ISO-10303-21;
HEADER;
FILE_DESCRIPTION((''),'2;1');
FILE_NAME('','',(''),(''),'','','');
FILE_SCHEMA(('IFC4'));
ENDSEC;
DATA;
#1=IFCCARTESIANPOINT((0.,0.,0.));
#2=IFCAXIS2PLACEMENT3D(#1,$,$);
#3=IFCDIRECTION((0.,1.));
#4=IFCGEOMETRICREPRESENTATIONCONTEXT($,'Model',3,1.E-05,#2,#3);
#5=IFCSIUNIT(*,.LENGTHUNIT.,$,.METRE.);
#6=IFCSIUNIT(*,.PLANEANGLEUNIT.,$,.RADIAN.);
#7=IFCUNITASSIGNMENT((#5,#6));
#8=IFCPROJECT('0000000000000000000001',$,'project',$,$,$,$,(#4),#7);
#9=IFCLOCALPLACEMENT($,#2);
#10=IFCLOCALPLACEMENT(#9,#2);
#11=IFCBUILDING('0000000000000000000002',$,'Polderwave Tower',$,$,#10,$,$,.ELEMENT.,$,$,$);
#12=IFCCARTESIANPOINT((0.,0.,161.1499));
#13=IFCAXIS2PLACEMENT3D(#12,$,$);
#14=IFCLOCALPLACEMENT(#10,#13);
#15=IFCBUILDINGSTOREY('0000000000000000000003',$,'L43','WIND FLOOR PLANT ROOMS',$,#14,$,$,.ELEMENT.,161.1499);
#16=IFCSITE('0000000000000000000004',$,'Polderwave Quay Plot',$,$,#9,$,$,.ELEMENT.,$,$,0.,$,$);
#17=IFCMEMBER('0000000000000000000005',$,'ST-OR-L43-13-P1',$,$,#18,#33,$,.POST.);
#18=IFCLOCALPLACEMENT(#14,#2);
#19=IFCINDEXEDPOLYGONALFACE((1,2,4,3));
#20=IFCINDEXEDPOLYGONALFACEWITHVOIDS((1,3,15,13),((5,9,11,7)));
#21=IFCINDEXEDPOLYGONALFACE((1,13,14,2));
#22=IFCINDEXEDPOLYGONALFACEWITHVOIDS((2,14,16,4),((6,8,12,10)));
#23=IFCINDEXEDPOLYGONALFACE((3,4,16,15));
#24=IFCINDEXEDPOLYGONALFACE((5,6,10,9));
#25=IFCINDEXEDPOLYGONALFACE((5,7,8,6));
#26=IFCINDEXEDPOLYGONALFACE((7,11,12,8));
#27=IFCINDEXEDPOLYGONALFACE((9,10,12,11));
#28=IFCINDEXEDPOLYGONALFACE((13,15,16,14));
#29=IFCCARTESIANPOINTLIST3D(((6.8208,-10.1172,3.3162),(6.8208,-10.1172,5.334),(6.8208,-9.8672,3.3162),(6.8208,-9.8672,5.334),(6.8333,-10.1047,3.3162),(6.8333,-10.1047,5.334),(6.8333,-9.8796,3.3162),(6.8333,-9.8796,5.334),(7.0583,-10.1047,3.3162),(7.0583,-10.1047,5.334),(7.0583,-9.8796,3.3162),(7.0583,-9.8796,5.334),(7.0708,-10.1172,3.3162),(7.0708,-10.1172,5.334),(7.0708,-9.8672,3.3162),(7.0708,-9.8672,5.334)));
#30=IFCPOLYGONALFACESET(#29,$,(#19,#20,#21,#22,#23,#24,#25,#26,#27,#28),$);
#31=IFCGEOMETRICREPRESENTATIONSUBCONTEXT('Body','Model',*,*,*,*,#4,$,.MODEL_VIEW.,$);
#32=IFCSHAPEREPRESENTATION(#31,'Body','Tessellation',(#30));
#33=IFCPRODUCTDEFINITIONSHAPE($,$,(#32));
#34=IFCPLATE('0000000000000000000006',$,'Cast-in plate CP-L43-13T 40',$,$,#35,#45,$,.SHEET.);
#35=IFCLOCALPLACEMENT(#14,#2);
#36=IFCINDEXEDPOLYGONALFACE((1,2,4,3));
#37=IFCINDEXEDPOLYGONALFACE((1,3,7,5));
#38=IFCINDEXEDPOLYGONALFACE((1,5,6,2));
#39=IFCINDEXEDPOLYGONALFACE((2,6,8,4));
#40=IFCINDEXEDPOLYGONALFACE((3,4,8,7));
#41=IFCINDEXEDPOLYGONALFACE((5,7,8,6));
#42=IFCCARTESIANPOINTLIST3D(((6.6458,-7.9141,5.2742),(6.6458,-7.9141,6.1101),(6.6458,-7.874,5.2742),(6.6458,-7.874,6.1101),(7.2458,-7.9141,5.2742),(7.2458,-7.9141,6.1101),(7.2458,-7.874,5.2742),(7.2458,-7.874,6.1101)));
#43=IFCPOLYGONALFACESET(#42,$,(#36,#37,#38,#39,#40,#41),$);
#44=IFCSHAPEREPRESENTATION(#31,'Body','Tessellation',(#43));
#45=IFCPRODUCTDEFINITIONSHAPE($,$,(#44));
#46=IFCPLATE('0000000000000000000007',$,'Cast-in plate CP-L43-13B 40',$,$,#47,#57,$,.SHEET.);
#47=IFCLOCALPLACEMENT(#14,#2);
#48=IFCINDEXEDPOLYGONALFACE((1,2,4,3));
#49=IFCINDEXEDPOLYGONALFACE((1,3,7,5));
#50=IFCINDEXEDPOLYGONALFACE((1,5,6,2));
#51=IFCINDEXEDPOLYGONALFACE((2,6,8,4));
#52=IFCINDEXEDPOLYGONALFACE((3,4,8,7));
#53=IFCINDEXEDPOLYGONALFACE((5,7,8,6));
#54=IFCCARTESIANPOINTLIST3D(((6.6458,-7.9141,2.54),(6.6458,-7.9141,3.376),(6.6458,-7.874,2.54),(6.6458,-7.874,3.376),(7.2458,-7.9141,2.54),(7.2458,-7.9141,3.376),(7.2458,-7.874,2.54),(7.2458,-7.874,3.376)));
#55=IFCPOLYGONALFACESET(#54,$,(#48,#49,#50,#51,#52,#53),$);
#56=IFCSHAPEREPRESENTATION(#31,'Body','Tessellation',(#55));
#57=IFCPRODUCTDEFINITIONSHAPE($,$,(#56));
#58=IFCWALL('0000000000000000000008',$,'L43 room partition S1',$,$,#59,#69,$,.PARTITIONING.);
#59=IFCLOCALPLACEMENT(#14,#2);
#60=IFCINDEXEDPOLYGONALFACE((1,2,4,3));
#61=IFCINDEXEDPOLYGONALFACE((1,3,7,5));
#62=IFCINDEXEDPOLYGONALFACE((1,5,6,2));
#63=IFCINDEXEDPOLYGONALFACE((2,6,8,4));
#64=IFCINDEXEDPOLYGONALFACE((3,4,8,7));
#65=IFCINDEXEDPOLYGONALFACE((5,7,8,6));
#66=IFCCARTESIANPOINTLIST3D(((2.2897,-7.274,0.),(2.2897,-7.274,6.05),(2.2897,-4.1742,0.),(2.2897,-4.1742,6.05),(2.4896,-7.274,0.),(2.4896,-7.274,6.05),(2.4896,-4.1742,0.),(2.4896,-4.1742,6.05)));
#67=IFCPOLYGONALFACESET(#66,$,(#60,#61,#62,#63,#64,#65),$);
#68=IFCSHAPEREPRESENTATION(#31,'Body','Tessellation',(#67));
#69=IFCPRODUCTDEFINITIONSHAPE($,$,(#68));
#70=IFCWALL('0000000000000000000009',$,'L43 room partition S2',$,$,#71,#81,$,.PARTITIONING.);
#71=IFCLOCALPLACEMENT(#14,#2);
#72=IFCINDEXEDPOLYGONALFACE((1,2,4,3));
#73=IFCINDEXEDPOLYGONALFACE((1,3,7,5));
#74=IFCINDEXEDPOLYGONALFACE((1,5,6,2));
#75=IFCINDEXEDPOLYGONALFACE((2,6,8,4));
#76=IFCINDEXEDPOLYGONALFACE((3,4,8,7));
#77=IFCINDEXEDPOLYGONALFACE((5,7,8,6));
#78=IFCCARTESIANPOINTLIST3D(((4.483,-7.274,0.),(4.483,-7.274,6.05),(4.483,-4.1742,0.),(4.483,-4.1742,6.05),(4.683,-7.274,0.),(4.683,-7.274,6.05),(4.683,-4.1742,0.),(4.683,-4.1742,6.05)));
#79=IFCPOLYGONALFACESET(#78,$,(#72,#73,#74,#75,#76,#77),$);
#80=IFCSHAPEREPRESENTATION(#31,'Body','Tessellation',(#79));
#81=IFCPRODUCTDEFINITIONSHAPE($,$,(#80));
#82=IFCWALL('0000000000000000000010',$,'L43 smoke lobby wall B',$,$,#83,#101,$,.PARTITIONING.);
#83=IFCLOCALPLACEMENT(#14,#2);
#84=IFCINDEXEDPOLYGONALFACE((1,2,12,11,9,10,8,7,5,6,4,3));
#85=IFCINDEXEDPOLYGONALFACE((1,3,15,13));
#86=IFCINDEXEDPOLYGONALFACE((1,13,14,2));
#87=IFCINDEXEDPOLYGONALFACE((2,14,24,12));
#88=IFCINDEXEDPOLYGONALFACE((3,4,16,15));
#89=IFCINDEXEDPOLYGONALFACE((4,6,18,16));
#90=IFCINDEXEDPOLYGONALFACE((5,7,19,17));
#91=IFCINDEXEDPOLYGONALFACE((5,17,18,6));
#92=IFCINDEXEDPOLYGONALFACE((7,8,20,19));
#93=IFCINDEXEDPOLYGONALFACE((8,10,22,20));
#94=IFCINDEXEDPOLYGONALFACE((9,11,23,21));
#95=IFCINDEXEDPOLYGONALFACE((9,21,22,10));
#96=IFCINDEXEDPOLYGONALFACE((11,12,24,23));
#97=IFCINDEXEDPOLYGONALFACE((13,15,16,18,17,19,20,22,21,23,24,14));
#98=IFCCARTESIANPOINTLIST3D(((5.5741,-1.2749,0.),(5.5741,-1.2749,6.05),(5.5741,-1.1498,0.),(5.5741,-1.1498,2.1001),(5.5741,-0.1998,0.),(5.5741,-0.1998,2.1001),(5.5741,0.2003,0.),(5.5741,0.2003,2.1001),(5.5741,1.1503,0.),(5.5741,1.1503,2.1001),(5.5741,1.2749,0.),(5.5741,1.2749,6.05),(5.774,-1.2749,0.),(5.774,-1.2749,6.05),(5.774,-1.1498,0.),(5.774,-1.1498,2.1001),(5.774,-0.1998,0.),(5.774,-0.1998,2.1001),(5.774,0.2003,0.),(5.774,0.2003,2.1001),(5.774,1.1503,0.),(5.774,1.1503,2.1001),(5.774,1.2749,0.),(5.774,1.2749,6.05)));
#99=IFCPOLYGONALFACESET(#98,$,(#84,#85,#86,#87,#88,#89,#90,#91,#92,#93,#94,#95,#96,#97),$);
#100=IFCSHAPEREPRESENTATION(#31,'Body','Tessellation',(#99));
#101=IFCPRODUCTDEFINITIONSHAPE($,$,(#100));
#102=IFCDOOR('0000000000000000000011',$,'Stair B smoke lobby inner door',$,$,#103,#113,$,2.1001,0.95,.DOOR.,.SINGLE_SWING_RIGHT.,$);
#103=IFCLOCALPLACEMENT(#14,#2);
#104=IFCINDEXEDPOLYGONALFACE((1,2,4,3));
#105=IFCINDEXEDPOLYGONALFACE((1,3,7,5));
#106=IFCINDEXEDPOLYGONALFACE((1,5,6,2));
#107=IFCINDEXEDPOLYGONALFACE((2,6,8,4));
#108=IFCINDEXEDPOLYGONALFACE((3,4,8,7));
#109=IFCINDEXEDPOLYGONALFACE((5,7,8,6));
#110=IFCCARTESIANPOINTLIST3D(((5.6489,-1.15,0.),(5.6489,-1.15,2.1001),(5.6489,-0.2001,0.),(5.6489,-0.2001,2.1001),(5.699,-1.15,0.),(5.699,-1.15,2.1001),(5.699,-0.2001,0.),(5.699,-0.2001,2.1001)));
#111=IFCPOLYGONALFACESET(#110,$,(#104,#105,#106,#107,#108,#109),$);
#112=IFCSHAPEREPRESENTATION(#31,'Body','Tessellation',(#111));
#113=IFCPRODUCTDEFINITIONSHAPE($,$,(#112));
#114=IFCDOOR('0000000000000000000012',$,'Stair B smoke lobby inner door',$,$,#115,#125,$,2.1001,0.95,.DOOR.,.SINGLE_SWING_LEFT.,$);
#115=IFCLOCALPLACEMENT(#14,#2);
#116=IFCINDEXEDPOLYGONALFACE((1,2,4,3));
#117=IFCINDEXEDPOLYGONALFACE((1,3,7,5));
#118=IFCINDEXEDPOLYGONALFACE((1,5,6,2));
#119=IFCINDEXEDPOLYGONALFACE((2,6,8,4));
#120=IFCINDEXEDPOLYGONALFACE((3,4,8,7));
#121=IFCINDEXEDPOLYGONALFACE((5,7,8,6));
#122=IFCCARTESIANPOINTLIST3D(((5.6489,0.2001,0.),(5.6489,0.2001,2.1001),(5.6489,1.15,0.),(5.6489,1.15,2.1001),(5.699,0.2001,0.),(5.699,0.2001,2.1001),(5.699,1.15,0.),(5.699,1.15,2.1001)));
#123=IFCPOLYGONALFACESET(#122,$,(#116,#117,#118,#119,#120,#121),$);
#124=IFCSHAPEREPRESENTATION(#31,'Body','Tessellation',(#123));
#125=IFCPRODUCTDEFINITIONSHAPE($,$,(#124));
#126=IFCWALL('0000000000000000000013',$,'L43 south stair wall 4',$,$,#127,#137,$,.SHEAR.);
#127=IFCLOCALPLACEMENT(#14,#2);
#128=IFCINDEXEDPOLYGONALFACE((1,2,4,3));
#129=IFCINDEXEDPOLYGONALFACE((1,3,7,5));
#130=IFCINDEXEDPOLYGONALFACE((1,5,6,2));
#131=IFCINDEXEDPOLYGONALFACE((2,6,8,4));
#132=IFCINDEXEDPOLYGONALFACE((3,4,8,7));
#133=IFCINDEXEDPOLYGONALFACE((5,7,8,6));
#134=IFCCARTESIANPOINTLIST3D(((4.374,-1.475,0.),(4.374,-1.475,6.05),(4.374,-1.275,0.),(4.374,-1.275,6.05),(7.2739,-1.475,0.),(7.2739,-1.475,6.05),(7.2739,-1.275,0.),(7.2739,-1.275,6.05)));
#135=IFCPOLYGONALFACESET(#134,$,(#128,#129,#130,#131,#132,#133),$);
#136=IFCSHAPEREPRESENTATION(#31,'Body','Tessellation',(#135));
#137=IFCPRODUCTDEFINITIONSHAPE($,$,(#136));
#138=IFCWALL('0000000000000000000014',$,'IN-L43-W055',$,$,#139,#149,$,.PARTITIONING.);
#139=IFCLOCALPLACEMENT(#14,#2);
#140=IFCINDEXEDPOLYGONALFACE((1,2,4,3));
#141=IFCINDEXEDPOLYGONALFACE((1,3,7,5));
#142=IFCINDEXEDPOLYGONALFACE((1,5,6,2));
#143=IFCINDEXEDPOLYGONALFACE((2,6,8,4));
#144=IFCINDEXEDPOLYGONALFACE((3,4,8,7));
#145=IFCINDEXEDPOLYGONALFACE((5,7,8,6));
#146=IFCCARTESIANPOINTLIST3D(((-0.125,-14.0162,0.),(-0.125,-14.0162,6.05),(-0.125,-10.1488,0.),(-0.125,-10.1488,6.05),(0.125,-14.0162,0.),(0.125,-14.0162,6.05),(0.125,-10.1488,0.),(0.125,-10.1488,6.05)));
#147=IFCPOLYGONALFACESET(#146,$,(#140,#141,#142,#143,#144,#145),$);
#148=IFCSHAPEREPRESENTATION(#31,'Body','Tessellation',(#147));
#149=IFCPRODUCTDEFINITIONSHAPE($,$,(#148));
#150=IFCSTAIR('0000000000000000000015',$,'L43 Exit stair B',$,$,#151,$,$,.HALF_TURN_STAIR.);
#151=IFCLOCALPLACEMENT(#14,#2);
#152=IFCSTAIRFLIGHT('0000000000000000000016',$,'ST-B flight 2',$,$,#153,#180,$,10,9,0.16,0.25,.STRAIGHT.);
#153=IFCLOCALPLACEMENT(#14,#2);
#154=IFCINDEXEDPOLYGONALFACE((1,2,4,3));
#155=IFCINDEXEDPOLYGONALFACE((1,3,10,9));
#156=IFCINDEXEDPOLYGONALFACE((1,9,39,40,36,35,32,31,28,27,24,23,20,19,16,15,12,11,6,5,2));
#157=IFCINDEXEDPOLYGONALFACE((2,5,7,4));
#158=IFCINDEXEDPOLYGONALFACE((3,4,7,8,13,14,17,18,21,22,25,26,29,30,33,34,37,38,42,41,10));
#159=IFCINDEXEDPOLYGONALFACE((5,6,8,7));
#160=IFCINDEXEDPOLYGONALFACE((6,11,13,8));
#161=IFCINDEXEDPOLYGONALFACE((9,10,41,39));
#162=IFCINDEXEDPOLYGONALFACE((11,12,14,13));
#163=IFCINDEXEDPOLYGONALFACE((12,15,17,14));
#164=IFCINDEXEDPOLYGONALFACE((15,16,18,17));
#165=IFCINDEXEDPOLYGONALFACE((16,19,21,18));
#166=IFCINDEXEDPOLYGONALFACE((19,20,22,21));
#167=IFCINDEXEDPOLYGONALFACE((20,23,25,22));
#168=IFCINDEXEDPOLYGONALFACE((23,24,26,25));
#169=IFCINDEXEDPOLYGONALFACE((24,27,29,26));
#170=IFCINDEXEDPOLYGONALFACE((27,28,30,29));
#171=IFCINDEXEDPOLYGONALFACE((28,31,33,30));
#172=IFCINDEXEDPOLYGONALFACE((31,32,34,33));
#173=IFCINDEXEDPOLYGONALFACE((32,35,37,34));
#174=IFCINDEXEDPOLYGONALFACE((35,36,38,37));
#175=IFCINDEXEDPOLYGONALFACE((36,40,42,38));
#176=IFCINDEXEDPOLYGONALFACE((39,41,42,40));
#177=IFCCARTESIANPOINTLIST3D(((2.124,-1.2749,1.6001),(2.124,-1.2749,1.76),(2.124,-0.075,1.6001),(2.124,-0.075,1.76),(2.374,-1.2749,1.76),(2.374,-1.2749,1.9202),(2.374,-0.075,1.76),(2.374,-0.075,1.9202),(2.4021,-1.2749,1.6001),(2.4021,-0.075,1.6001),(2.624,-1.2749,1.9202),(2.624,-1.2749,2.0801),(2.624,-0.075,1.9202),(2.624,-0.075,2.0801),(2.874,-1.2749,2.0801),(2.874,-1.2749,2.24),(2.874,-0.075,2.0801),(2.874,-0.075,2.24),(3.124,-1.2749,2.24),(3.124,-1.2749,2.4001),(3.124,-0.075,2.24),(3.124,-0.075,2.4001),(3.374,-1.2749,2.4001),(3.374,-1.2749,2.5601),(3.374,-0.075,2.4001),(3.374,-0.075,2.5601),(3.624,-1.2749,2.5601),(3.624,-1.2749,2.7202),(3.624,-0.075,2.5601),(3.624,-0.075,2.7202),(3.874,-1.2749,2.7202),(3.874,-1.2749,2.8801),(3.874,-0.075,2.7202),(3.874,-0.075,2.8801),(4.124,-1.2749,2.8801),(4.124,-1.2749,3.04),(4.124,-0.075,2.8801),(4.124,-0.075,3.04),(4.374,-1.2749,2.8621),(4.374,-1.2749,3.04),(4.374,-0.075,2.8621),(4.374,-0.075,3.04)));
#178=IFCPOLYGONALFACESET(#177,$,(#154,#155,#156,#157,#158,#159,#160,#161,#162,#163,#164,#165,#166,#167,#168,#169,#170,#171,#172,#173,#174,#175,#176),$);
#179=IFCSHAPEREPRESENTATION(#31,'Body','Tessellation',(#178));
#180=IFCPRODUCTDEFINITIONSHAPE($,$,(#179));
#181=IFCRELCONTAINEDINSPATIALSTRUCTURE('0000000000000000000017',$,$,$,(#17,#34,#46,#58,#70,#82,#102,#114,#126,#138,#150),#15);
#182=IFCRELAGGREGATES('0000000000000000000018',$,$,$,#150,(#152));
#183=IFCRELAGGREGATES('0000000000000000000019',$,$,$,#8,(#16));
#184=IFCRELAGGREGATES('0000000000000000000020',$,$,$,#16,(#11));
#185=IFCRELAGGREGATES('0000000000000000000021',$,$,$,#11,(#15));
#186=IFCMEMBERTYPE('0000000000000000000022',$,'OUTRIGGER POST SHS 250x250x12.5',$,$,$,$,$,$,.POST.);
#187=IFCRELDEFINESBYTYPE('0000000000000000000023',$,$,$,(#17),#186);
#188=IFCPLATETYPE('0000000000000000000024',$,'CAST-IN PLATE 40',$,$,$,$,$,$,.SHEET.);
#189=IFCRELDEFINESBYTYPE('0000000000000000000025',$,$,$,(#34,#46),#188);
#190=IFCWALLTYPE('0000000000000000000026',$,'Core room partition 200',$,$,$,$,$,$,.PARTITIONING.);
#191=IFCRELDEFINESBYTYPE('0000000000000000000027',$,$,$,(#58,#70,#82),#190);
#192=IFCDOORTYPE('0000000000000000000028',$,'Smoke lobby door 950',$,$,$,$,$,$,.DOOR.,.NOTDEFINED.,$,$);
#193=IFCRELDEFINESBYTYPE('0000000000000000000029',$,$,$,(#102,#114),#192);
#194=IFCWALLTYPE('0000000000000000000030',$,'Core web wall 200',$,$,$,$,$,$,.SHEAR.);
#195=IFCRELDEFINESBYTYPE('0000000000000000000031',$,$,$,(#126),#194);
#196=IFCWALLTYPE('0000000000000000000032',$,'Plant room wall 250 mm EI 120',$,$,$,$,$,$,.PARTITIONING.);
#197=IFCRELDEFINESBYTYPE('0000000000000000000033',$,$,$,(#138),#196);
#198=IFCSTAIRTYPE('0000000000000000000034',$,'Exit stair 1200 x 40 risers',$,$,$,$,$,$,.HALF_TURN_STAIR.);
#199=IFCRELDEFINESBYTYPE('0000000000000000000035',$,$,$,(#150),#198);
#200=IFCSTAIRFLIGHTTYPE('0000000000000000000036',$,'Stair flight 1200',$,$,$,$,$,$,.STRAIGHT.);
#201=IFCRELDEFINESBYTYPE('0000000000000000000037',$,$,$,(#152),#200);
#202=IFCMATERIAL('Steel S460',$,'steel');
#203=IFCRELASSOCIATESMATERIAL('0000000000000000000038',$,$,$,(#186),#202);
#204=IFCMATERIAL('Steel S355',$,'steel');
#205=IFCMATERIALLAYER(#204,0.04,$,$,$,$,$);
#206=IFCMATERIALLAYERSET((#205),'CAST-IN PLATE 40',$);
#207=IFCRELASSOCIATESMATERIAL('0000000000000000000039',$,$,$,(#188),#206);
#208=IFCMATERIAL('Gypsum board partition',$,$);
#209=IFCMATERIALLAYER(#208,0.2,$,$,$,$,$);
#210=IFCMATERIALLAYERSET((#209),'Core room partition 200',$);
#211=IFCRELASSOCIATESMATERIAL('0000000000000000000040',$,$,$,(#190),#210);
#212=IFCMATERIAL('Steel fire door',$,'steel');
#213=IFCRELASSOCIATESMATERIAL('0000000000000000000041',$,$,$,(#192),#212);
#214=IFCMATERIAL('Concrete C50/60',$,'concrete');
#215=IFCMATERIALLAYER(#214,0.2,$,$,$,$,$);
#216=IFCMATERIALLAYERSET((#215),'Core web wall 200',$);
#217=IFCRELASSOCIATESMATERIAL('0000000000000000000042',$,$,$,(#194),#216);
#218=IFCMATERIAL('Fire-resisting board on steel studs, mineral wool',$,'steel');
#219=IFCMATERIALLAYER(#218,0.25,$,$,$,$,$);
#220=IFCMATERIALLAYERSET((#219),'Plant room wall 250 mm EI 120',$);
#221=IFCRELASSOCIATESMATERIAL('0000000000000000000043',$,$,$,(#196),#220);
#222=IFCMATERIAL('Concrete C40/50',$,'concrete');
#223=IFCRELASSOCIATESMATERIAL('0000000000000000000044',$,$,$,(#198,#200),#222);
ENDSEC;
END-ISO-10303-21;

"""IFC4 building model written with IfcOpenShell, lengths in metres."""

from ifc_helpers import new_model, si_unit, direction, frame, frame_2d, origin, origin_2d, place, context, subcontext, project, spatial, polyline, rectangle, hollow_rectangle, outline, extrude, material, layer, layer_set, material_profile, profile_set, type_object, element, fill, aggregate, save


model = new_model("IFC4")

# Units and contexts
model_context = context("Model", 3, precision=1e-05, world=origin(), true_north=direction((0.0, 1.0)))
body_context = subcontext(model_context, "Body", "Model", "MODEL_VIEW")
ifc_project = project(units=[si_unit("LENGTHUNIT", "METRE"), si_unit("PLANEANGLEUNIT", "RADIAN")], contexts=[model_context])

# Site, building, storey
site_placement = place(None, origin())
site = spatial("IfcSite", under=ifc_project, at=site_placement, Name="Polderwave Quay Plot", CompositionType="ELEMENT", RefElevation=0.0)
building_placement = place(site_placement, origin())
building = spatial("IfcBuilding", under=site, at=building_placement, Name="Polderwave Tower", CompositionType="ELEMENT")
storey_placement = place(building_placement, frame((0.0, 0.0, 161.1499)))
storey = spatial("IfcBuildingStorey", under=building, at=storey_placement, Name="L43", Description="WIND FLOOR PLANT ROOMS", CompositionType="ELEMENT", Elevation=161.1499)

# Member
ifc_material_1 = material(Name="Steel S460", Category="steel")
ifc_material_profile_1 = material_profile(ifc_material_1, hollow_rectangle(XDim=0.25, YDim=0.25, WallThickness=0.0125, at=origin_2d()), Name="SHS 250x250x12.5")
ifc_profile_set_1 = profile_set([ifc_material_profile_1], Name="Steel S460")
member_type_1 = type_object("IfcMemberType", Name="OUTRIGGER POST SHS 250x250x12.5", PredefinedType="POST", material=ifc_profile_set_1)
member_placement = place(storey_placement, frame((6.9458, -9.9922, 3.3162), z_axis=(0.0, 0.0, 1.0), x_axis=(1.0, 0.0, 0.0)))
element("IfcMember", 1, at=member_placement, inside=storey, type_object=member_type_1, Name="ST-OR-L43-13-P1", PredefinedType="POST", context=body_context, shape_type="SweptSolid", body=[
    extrude(hollow_rectangle(XDim=0.25, YDim=0.25, WallThickness=0.0125, at=origin_2d()), origin(), (0.0, 0.0, 1.0), 2.0178),
])

# Plates
ifc_material_2 = material(Name="Steel S355", Category="steel")
ifc_layer_1 = layer(ifc_material_2, 0.04)
ifc_layer_set_1 = layer_set([ifc_layer_1], Name="CAST-IN PLATE 40")
plate_type = type_object("IfcPlateType", Name="CAST-IN PLATE 40", PredefinedType="SHEET", material=ifc_layer_set_1)
for number, where, z_axis, x_axis, name in (
    (2, (6.9458, -7.894, 5.2742), (0.0, 0.0, 1.0), (0.0, 1.0, 0.0), "Cast-in plate CP-L43-13T 40"),
    (3, (6.9458, -7.894, 2.54), (0.0, 0.0, 1.0), (0.0, 1.0, 0.0), "Cast-in plate CP-L43-13B 40"),
):
    element("IfcPlate", number, at=place(storey_placement, frame(where, z_axis=z_axis, x_axis=x_axis)), inside=storey, type_object=plate_type, Name=name, PredefinedType="SHEET", context=body_context, shape_type="SweptSolid", body=[
        extrude(rectangle(XDim=0.04, YDim=0.6001, at=origin_2d()), origin(), (0.0, 0.0, 1.0), 0.8359),
    ])

# Walls
ifc_material_3 = material(Name="Gypsum board partition")
ifc_layer_2 = layer(ifc_material_3, 0.2)
ifc_layer_set_2 = layer_set([ifc_layer_2], Name="Core room partition 200")
wall_type_1 = type_object("IfcWallType", Name="Core room partition 200", PredefinedType="PARTITIONING", material=ifc_layer_set_2)
for number, where, z_axis, x_axis, name in (
    (4, (2.3896, -7.2739, 0.0), (0.0, 0.0, 1.0), (0.0, 1.0, 0.0), "L43 room partition S1"),
    (5, (4.583, -7.2739, 0.0), (0.0, 0.0, 1.0), (0.0, 1.0, 0.0), "L43 room partition S2"),
):
    element("IfcWall", number, at=place(storey_placement, frame(where, z_axis=z_axis, x_axis=x_axis)), inside=storey, type_object=wall_type_1, Name=name, PredefinedType="PARTITIONING", context=body_context, shape_type="SweptSolid", body=[
        extrude(rectangle(XDim=3.0999, YDim=0.2, at=frame_2d((1.5498, 0.0))), origin(), (0.0, 0.0, 1.0), 6.05),
    ])

# Wall, openings, doors
wall_1_placement = place(storey_placement, frame((5.6741, -1.2749, 0.0), z_axis=(0.0, 0.0, 1.0), x_axis=(0.0, 1.0, 0.0)))
wall_1 = element("IfcWall", 6, at=wall_1_placement, inside=storey, type_object=wall_type_1, Name="L43 smoke lobby wall B", PredefinedType="PARTITIONING", context=body_context, shape_type="SweptSolid", body=[
    extrude(rectangle(XDim=2.5498, YDim=0.2, at=frame_2d((1.2749, 0.0))), origin(), (0.0, 0.0, 1.0), 6.05),
])
opening_1_placement = place(wall_1_placement, frame((0.125, 0.0, 0.0)))
opening_1 = element("IfcOpeningElement", 7, at=opening_1_placement, cuts=wall_1, PredefinedType="OPENING", context=body_context, shape_type="SweptSolid", body=[
    extrude(rectangle(XDim=0.95, YDim=2.1001, at=frame_2d((0.4751, 1.05))), frame((0.0, 0.1099, 0.0), z_axis=(0.0, -1.0, 0.0), x_axis=(1.0, 0.0, 0.0)), (0.0, 0.0, 1.0), 0.22),
])
opening_2_placement = place(wall_1_placement, frame((1.4751, 0.0, 0.0)))
opening_2 = element("IfcOpeningElement", 8, at=opening_2_placement, cuts=wall_1, PredefinedType="OPENING", context=body_context, shape_type="SweptSolid", body=[
    extrude(rectangle(XDim=0.95, YDim=2.1001, at=frame_2d((0.4751, 1.05))), frame((0.0, 0.1099, 0.0), z_axis=(0.0, -1.0, 0.0), x_axis=(1.0, 0.0, 0.0)), (0.0, 0.0, 1.0), 0.22),
])
ifc_material_4 = material(Name="Steel fire door", Category="steel")
door_type = type_object("IfcDoorType", Name="Smoke lobby door 950", OperationType="NOTDEFINED", PredefinedType="DOOR", material=ifc_material_4)
door_1_placement = place(opening_1_placement, frame((0.95, 0.0, 0.0), z_axis=(0.0, 0.0, 1.0), x_axis=(-1.0, 0.0, 0.0)))
door_1 = element("IfcDoor", 9, at=door_1_placement, inside=storey, type_object=door_type, Name="Stair B smoke lobby inner door", OperationType="SINGLE_SWING_RIGHT", OverallHeight=2.1001, OverallWidth=0.95, PredefinedType="DOOR", context=body_context, shape_type="SweptSolid", body=[
    extrude(rectangle(XDim=0.95, YDim=2.1001, at=frame_2d((0.4751, 1.05))), frame((0.0, 0.0249, 0.0), z_axis=(0.0, -1.0, 0.0), x_axis=(1.0, 0.0, 0.0)), (0.0, 0.0, 1.0), 0.05),
])
fill(opening_1, door_1)
door_2_placement = place(opening_2_placement, frame((0.95, 0.0, 0.0), z_axis=(0.0, 0.0, 1.0), x_axis=(-1.0, 0.0, 0.0)))
door_2 = element("IfcDoor", 10, at=door_2_placement, inside=storey, type_object=door_type, Name="Stair B smoke lobby inner door", OperationType="SINGLE_SWING_LEFT", OverallHeight=2.1001, OverallWidth=0.95, PredefinedType="DOOR", context=body_context, shape_type="SweptSolid", body=[
    extrude(rectangle(XDim=0.95, YDim=2.1001, at=frame_2d((0.4751, 1.05))), frame((0.0, 0.0249, 0.0), z_axis=(0.0, -1.0, 0.0), x_axis=(1.0, 0.0, 0.0)), (0.0, 0.0, 1.0), 0.05),
])
fill(opening_2, door_2)

# Walls
ifc_material_5 = material(Name="Concrete C50/60", Category="concrete")
ifc_layer_3 = layer(ifc_material_5, 0.2)
ifc_layer_set_3 = layer_set([ifc_layer_3], Name="Core web wall 200")
wall_type_2 = type_object("IfcWallType", Name="Core web wall 200", PredefinedType="SHEAR", material=ifc_layer_set_3)
wall_2_placement = place(storey_placement, frame((4.374, -1.375, 0.0), z_axis=(0.0, 0.0, 1.0), x_axis=(1.0, 0.0, 0.0)))
element("IfcWall", 11, at=wall_2_placement, inside=storey, type_object=wall_type_2, Name="L43 south stair wall 4", PredefinedType="SHEAR", context=body_context, shape_type="SweptSolid", body=[
    extrude(rectangle(XDim=2.8999, YDim=0.2, at=frame_2d((1.45, 0.0))), origin(), (0.0, 0.0, 1.0), 6.05),
])
ifc_material_6 = material(Name="Fire-resisting board on steel studs, mineral wool", Category="steel")
ifc_layer_4 = layer(ifc_material_6, 0.25)
ifc_layer_set_4 = layer_set([ifc_layer_4], Name="Plant room wall 250 mm EI 120")
wall_type_3 = type_object("IfcWallType", Name="Plant room wall 250 mm EI 120", PredefinedType="PARTITIONING", material=ifc_layer_set_4)
wall_3_placement = place(storey_placement, frame((0.0, -10.1489, 0.0), z_axis=(0.0, 0.0, 1.0), x_axis=(0.0, -1.0, 0.0)))
element("IfcWall", 12, at=wall_3_placement, inside=storey, type_object=wall_type_3, Name="IN-L43-W055", PredefinedType="PARTITIONING", context=body_context, shape_type="SweptSolid", body=[
    extrude(rectangle(XDim=3.8674, YDim=0.25, at=frame_2d((1.9336, 0.0))), origin(), (0.0, 0.0, 1.0), 6.05),
])

# Stair, stair flight
ifc_material_7 = material(Name="Concrete C40/50", Category="concrete")
stair_type = type_object("IfcStairType", Name="Exit stair 1200 x 40 risers", PredefinedType="HALF_TURN_STAIR", material=ifc_material_7)
stair_placement = place(storey_placement, origin())
stair = element("IfcStair", 13, at=stair_placement, inside=storey, type_object=stair_type, Name="L43 Exit stair B", PredefinedType="HALF_TURN_STAIR")
stair_flight_type = type_object("IfcStairFlightType", Name="Stair flight 1200", PredefinedType="STRAIGHT", material=ifc_material_7)
stair_flight_1_placement = place(storey_placement, frame((2.124, -0.675, 1.6001), z_axis=(0.0, 0.0, 1.0), x_axis=(1.0, 0.0, 0.0)))
stair_flight_1 = element("IfcStairFlight", 14, at=stair_flight_1_placement, type_object=stair_flight_type, Name="ST-B flight 2", NumberOfRisers=10, NumberOfTreads=9, PredefinedType="STRAIGHT", RiserHeight=0.16, TreadLength=0.25, context=body_context, shape_type="SweptSolid", body=[
    extrude(outline(polyline([(0.0, 0.0), (0.0, 0.1599), (0.25, 0.1599), (0.25, 0.3201), (0.5, 0.3201), (0.5, 0.48), (0.75, 0.48), (0.75, 0.6399), (1.0, 0.6399), (1.0, 0.8), (1.25, 0.8), (1.25, 0.96), (1.5, 0.96), (1.5, 1.1201), (1.75, 1.1201), (1.75, 1.28), (2.0, 1.28), (2.0, 1.4399), (2.25, 1.4399), (2.25, 1.6001), (2.25, 1.262), (0.2781, 0.0), (0.0, 0.0)])), frame((0.0, 0.6001, 0.0), z_axis=(0.0, -1.0, 0.0), x_axis=(1.0, 0.0, 0.0)), (0.0, 0.0, 1.0), 1.2),
])
aggregate(stair, [stair_flight_1])

save(model, "model.ifc")
